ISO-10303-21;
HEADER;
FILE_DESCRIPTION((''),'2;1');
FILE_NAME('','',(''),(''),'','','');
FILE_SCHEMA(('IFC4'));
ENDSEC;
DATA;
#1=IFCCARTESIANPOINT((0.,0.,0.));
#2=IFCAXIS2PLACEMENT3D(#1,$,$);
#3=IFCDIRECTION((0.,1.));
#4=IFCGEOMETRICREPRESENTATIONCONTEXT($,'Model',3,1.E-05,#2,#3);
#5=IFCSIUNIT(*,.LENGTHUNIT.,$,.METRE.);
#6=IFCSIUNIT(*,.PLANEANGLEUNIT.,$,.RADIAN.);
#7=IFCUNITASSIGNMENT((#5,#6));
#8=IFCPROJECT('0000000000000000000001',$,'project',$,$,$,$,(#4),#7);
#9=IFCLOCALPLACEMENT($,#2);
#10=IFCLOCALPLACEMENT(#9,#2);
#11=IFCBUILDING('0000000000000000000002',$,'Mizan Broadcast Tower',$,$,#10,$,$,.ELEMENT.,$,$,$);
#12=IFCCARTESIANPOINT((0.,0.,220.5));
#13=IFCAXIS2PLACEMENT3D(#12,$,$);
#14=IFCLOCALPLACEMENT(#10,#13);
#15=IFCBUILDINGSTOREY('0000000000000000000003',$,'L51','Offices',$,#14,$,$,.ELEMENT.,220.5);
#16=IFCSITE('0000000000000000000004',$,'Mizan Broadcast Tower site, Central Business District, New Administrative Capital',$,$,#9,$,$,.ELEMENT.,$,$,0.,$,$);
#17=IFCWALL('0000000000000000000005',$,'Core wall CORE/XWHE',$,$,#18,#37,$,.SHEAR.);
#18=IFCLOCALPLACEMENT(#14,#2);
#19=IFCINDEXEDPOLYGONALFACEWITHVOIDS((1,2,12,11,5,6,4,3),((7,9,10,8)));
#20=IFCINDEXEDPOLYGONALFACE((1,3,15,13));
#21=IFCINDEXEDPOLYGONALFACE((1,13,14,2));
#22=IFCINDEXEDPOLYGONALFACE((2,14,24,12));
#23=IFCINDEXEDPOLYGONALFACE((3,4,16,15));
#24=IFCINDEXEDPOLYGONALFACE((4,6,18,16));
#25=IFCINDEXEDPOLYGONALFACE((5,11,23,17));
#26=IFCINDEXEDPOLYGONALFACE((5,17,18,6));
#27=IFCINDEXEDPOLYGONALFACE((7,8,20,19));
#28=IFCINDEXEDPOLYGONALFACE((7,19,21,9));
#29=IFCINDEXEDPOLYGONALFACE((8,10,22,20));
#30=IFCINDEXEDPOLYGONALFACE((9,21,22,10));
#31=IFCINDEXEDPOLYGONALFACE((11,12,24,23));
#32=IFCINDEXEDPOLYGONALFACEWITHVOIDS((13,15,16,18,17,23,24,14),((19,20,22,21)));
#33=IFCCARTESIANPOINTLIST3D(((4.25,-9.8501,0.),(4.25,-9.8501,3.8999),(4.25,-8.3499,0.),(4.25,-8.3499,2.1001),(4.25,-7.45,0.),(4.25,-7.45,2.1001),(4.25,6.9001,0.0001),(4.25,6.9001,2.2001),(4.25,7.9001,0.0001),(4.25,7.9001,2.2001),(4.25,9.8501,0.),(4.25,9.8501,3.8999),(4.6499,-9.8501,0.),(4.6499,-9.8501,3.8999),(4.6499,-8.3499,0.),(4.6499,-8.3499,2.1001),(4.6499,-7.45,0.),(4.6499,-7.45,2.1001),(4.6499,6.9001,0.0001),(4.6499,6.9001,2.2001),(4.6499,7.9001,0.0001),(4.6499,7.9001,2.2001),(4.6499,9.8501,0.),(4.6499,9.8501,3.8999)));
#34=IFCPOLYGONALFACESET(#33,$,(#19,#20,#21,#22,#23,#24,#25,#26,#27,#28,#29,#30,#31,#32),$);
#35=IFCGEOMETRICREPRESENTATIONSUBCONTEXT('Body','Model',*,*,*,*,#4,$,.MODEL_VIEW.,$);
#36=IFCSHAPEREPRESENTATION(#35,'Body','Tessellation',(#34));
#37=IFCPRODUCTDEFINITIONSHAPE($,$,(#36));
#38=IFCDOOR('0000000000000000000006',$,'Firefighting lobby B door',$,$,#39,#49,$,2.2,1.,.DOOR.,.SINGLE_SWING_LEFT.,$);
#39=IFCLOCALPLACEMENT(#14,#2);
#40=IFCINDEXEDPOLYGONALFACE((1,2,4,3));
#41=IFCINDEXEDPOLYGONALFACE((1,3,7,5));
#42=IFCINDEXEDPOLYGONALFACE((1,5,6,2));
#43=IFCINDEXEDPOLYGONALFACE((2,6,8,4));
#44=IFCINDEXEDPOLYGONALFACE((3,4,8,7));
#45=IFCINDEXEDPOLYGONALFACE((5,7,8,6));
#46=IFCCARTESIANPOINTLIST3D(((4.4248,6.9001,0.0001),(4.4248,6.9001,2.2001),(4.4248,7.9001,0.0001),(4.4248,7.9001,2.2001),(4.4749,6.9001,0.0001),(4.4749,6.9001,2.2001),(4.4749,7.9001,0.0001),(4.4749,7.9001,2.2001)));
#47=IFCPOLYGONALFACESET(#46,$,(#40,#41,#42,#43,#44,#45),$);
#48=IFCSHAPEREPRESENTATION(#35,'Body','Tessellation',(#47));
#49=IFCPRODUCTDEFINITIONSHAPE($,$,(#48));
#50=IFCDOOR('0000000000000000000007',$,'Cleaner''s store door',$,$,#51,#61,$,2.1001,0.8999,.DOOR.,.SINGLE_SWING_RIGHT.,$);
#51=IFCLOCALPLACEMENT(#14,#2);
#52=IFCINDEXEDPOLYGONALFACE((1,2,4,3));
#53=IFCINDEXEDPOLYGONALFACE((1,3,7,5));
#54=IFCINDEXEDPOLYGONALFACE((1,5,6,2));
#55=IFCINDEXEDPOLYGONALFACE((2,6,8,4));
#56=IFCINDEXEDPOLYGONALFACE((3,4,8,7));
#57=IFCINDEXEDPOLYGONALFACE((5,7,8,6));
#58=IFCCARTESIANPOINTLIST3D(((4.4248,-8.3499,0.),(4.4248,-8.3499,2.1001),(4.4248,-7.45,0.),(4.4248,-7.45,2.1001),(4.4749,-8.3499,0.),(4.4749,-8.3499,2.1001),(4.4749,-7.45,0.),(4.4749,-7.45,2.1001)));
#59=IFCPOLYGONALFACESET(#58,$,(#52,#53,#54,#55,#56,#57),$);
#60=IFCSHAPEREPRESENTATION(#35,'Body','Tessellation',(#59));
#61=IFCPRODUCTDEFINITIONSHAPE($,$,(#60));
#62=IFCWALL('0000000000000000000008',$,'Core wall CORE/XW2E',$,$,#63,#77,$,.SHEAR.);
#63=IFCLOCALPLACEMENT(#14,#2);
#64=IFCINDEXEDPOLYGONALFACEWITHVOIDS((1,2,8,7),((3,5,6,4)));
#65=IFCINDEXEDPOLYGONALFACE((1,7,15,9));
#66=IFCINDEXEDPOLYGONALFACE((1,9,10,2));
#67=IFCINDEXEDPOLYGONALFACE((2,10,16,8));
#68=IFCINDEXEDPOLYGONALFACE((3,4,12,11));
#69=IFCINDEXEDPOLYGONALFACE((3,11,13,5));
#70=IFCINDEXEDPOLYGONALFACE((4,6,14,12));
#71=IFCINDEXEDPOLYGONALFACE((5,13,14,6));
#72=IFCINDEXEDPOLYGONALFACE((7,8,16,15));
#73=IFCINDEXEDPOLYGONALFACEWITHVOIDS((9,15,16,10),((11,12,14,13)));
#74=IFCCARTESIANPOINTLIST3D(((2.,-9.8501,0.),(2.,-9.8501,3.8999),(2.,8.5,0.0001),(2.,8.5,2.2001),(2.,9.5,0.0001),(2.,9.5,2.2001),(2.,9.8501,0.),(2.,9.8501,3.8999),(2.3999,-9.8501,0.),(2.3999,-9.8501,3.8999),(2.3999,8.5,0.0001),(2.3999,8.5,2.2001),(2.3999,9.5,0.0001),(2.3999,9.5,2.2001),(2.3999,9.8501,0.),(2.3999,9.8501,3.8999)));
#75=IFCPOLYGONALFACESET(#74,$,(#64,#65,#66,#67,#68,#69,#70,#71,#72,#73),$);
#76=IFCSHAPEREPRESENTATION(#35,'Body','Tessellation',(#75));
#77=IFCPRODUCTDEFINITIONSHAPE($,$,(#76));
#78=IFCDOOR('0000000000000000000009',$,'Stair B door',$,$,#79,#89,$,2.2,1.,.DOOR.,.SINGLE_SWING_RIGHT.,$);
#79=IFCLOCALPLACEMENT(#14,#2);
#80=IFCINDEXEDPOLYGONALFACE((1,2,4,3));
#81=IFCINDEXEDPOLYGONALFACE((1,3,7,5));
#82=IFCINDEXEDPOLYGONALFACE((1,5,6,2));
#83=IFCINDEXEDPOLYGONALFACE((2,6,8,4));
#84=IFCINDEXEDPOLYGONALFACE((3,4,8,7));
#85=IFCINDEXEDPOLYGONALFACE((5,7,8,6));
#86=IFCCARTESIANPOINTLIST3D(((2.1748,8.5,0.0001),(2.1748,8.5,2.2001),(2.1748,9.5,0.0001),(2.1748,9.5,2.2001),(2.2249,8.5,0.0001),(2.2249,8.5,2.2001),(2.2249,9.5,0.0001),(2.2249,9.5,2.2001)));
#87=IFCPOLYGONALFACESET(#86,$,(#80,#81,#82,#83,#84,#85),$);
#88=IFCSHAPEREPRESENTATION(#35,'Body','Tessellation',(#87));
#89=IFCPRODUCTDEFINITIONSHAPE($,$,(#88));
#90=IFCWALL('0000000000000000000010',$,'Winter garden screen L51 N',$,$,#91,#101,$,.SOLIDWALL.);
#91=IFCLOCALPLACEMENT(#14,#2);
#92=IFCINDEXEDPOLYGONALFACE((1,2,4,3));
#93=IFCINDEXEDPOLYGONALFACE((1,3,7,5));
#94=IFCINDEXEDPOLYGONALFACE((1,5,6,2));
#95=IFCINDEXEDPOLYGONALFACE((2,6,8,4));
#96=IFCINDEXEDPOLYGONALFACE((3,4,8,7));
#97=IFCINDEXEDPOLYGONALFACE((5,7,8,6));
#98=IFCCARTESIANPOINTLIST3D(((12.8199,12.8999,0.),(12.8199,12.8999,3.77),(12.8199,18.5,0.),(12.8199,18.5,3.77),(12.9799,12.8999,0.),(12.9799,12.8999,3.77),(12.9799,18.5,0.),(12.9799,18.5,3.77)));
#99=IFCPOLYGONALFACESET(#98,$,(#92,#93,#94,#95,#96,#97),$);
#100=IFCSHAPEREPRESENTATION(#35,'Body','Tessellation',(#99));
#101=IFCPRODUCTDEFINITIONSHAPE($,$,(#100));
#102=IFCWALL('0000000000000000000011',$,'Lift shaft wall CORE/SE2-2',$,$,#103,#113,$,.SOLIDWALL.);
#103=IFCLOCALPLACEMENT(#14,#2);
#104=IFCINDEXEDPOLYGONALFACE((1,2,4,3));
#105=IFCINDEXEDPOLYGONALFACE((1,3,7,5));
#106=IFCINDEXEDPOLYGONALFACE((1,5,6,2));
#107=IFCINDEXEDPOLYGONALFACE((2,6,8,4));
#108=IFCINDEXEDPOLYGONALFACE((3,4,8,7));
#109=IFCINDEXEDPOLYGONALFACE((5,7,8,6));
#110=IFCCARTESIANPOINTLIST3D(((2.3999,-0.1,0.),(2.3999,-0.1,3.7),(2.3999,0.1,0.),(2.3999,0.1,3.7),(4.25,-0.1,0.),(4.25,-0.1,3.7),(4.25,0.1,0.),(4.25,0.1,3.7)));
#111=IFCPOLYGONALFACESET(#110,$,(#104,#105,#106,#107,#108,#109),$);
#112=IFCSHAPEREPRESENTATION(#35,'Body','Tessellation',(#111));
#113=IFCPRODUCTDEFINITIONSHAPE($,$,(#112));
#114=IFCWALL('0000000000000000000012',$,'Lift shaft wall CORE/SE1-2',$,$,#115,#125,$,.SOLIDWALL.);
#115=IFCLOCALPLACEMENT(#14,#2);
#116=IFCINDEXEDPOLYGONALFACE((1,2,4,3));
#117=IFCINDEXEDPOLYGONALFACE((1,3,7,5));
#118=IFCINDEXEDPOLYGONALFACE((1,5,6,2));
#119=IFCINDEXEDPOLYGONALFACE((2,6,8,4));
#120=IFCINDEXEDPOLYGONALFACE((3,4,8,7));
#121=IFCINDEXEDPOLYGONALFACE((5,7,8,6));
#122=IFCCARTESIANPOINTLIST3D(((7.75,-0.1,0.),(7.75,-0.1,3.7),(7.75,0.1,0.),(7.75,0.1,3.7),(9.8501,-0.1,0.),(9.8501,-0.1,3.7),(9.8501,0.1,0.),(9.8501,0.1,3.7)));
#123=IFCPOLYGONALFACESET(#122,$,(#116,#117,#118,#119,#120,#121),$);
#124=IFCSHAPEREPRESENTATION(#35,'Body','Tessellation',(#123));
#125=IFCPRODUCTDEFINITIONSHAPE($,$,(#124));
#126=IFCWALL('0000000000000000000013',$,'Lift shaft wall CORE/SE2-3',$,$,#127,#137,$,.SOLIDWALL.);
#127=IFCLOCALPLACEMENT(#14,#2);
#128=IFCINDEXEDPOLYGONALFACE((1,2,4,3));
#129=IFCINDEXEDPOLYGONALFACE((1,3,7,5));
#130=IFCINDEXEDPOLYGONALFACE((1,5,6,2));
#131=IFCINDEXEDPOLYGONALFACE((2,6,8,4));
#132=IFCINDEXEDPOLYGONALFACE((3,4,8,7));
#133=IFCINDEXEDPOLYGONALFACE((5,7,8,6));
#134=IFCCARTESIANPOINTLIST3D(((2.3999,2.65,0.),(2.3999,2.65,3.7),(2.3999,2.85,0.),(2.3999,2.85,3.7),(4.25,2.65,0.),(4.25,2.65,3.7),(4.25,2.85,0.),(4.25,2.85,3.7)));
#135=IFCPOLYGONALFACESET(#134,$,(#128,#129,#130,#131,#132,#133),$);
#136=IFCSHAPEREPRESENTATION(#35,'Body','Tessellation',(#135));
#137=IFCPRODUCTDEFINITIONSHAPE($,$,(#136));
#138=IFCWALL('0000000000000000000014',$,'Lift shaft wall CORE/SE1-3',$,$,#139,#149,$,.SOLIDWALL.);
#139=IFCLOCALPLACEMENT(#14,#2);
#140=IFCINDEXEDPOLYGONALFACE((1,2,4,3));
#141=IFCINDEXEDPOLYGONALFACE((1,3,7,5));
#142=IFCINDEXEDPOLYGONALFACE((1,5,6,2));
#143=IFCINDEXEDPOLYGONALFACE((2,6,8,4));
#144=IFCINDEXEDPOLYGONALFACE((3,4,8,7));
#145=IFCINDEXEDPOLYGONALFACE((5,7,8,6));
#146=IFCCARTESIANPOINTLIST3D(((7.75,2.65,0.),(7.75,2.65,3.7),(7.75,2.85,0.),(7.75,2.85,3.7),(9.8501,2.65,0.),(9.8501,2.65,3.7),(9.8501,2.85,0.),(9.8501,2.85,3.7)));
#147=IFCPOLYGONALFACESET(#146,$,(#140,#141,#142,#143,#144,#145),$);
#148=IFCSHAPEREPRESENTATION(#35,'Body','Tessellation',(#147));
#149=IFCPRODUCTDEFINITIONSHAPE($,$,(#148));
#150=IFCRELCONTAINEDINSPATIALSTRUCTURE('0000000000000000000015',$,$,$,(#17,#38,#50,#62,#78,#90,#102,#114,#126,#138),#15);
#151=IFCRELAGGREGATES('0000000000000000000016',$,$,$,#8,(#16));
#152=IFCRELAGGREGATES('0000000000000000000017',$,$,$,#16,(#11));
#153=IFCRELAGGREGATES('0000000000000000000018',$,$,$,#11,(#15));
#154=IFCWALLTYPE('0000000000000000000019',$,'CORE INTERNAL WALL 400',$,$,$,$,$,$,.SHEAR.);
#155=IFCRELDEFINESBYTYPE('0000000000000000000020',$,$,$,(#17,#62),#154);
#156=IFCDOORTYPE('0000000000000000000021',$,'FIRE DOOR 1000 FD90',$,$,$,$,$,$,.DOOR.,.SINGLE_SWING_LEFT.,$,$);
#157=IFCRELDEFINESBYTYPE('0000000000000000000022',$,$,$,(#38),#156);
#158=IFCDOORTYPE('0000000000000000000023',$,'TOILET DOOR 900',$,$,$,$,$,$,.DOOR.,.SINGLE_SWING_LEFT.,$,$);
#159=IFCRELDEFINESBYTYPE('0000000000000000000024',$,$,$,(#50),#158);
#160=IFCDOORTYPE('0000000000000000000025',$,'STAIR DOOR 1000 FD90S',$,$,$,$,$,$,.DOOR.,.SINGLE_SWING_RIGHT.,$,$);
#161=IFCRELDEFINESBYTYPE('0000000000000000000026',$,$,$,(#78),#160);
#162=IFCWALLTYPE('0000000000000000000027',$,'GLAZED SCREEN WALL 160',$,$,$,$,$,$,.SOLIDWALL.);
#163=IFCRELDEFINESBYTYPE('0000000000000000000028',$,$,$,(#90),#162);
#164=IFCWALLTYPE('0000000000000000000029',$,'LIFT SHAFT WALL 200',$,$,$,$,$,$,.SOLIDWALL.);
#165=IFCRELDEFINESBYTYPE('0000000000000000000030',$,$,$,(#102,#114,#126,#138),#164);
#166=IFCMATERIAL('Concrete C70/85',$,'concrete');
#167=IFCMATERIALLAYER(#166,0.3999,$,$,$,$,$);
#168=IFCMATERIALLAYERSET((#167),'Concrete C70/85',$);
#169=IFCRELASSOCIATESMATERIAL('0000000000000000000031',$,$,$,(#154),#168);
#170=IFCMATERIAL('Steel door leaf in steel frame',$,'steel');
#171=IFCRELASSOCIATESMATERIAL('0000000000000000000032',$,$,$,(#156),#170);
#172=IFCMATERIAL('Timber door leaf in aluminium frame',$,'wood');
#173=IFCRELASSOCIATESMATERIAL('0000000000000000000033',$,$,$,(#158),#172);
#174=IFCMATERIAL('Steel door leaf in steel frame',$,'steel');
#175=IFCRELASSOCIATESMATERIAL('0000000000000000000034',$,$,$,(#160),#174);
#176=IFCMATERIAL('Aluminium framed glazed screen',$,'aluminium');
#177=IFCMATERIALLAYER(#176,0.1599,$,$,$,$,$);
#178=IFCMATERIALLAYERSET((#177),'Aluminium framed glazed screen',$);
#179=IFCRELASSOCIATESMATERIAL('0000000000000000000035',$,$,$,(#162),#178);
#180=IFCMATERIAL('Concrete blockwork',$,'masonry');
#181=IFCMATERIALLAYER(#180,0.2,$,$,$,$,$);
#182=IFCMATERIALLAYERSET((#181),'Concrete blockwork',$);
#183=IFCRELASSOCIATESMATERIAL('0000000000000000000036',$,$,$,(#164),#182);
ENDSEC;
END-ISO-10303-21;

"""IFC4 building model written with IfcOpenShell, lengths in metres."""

from ifc_helpers import new_model, si_unit, direction, frame, frame_2d, origin, place, context, subcontext, project, spatial, rectangle, extrude, material, layer, layer_set, type_object, element, fill, save


model = new_model("IFC4")

# Units and contexts
model_context = context("Model", 3, precision=1e-05, world=origin(), true_north=direction((0.0, 1.0)))
body_context = subcontext(model_context, "Body", "Model", "MODEL_VIEW")
ifc_project = project(units=[si_unit("LENGTHUNIT", "METRE"), si_unit("PLANEANGLEUNIT", "RADIAN")], contexts=[model_context])

# Site, building, storey
site_placement = place(None, origin())
site = spatial("IfcSite", under=ifc_project, at=site_placement, Name="Mizan Broadcast Tower site, Central Business District, New Administrative Capital", CompositionType="ELEMENT", RefElevation=0.0)
building_placement = place(site_placement, origin())
building = spatial("IfcBuilding", under=site, at=building_placement, Name="Mizan Broadcast Tower", CompositionType="ELEMENT")
storey_placement = place(building_placement, frame((0.0, 0.0, 220.5)))
storey = spatial("IfcBuildingStorey", under=building, at=storey_placement, Name="L51", Description="Offices", CompositionType="ELEMENT", Elevation=220.5)

# Wall, openings, doors
ifc_material_1 = material(Name="Concrete C70/85", Category="concrete")
ifc_layer_1 = layer(ifc_material_1, 0.3999)
ifc_layer_set_1 = layer_set([ifc_layer_1], Name="Concrete C70/85")
wall_type_1 = type_object("IfcWallType", Name="CORE INTERNAL WALL 400", PredefinedType="SHEAR", material=ifc_layer_set_1)
ifc_material_2 = material(Name="Steel door leaf in steel frame", Category="steel")
door_type_1 = type_object("IfcDoorType", Name="FIRE DOOR 1000 FD90", OperationType="SINGLE_SWING_LEFT", PredefinedType="DOOR", material=ifc_material_2)
ifc_material_3 = material(Name="Timber door leaf in aluminium frame", Category="wood")
door_type_2 = type_object("IfcDoorType", Name="TOILET DOOR 900", OperationType="SINGLE_SWING_LEFT", PredefinedType="DOOR", material=ifc_material_3)
wall_1_placement = place(storey_placement, frame((4.45, 9.8501, 0.0), z_axis=(0.0, 0.0, 1.0), x_axis=(0.0, -1.0, 0.0)))
wall_1 = element("IfcWall", 1, at=wall_1_placement, inside=storey, type_object=wall_type_1, Name="Core wall CORE/XWHE", PredefinedType="SHEAR", context=body_context, shape_type="SweptSolid", body=[
    extrude(rectangle(XDim=19.7002, YDim=0.3999, at=frame_2d((9.8501, 0.0))), origin(), (0.0, 0.0, 1.0), 3.8999),
])
opening_1_placement = place(wall_1_placement, frame((1.95, 0.0, 0.0)))
opening_1 = element("IfcOpeningElement", 2, at=opening_1_placement, cuts=wall_1, PredefinedType="OPENING", context=body_context, shape_type="SweptSolid", body=[
    extrude(rectangle(XDim=1.0, YDim=2.2, at=frame_2d((0.5, 1.1001))), frame((0.0, 0.21, 0.0), z_axis=(0.0, -1.0, 0.0), x_axis=(1.0, 0.0, 0.0)), (0.0, 0.0, 1.0), 0.4199),
])
opening_2_placement = place(wall_1_placement, frame((17.3, 0.0, 0.0)))
opening_2 = element("IfcOpeningElement", 3, at=opening_2_placement, cuts=wall_1, PredefinedType="OPENING", context=body_context, shape_type="SweptSolid", body=[
    extrude(rectangle(XDim=0.8999, YDim=2.1001, at=frame_2d((0.45, 1.05))), frame((0.0, 0.21, 0.0), z_axis=(0.0, -1.0, 0.0), x_axis=(1.0, 0.0, 0.0)), (0.0, 0.0, 1.0), 0.4199),
])
door_1_placement = place(opening_1_placement, origin())
door_1 = element("IfcDoor", 4, at=door_1_placement, inside=storey, type_object=door_type_1, Name="Firefighting lobby B door", OperationType="SINGLE_SWING_LEFT", OverallHeight=2.2, OverallWidth=1.0, PredefinedType="DOOR", context=body_context, shape_type="SweptSolid", body=[
    extrude(rectangle(XDim=1.0, YDim=2.2, at=frame_2d((0.5, 1.1001))), frame((0.0, 0.0249, 0.0), z_axis=(0.0, -1.0, 0.0), x_axis=(1.0, 0.0, 0.0)), (0.0, 0.0, 1.0), 0.05),
])
fill(opening_1, door_1)
door_2_placement = place(opening_2_placement, origin())
door_2 = element("IfcDoor", 5, at=door_2_placement, inside=storey, type_object=door_type_2, Name="Cleaner's store door", OperationType="SINGLE_SWING_RIGHT", OverallHeight=2.1001, OverallWidth=0.8999, PredefinedType="DOOR", context=body_context, shape_type="SweptSolid", body=[
    extrude(rectangle(XDim=0.8999, YDim=2.1001, at=frame_2d((0.45, 1.05))), frame((0.0, 0.0249, 0.0), z_axis=(0.0, -1.0, 0.0), x_axis=(1.0, 0.0, 0.0)), (0.0, 0.0, 1.0), 0.05),
])
fill(opening_2, door_2)

# Wall, opening, door
wall_2_placement = place(storey_placement, frame((2.2, 9.8501, 0.0), z_axis=(0.0, 0.0, 1.0), x_axis=(0.0, -1.0, 0.0)))
wall_2 = element("IfcWall", 6, at=wall_2_placement, inside=storey, type_object=wall_type_1, Name="Core wall CORE/XW2E", PredefinedType="SHEAR", context=body_context, shape_type="SweptSolid", body=[
    extrude(rectangle(XDim=19.7002, YDim=0.3999, at=frame_2d((9.8501, 0.0))), origin(), (0.0, 0.0, 1.0), 3.8999),
])
opening_3_placement = place(wall_2_placement, frame((0.3501, 0.0, 0.0)))
opening_3 = element("IfcOpeningElement", 7, at=opening_3_placement, cuts=wall_2, PredefinedType="OPENING", context=body_context, shape_type="SweptSolid", body=[
    extrude(rectangle(XDim=1.0, YDim=2.2, at=frame_2d((0.5, 1.1001))), frame((0.0, 0.21, 0.0), z_axis=(0.0, -1.0, 0.0), x_axis=(1.0, 0.0, 0.0)), (0.0, 0.0, 1.0), 0.4199),
])
ifc_material_4 = material(Name="Steel door leaf in steel frame", Category="steel")
door_type_3 = type_object("IfcDoorType", Name="STAIR DOOR 1000 FD90S", OperationType="SINGLE_SWING_RIGHT", PredefinedType="DOOR", material=ifc_material_4)
door_3_placement = place(opening_3_placement, origin())
door_3 = element("IfcDoor", 8, at=door_3_placement, inside=storey, type_object=door_type_3, Name="Stair B door", OperationType="SINGLE_SWING_RIGHT", OverallHeight=2.2, OverallWidth=1.0, PredefinedType="DOOR", context=body_context, shape_type="SweptSolid", body=[
    extrude(rectangle(XDim=1.0, YDim=2.2, at=frame_2d((0.5, 1.1001))), frame((0.0, 0.0249, 0.0), z_axis=(0.0, -1.0, 0.0), x_axis=(1.0, 0.0, 0.0)), (0.0, 0.0, 1.0), 0.05),
])
fill(opening_3, door_3)

# Walls
ifc_material_5 = material(Name="Aluminium framed glazed screen", Category="aluminium")
ifc_layer_2 = layer(ifc_material_5, 0.1599)
ifc_layer_set_2 = layer_set([ifc_layer_2], Name="Aluminium framed glazed screen")
wall_type_2 = type_object("IfcWallType", Name="GLAZED SCREEN WALL 160", PredefinedType="SOLIDWALL", material=ifc_layer_set_2)
wall_3_placement = place(storey_placement, frame((12.8999, 12.8999, 0.0), z_axis=(0.0, 0.0, 1.0), x_axis=(0.0, 1.0, 0.0)))
element("IfcWall", 9, at=wall_3_placement, inside=storey, type_object=wall_type_2, Name="Winter garden screen L51 N", PredefinedType="SOLIDWALL", context=body_context, shape_type="SweptSolid", body=[
    extrude(rectangle(XDim=5.6001, YDim=0.1599, at=frame_2d((2.8, 0.0))), origin(), (0.0, 0.0, 1.0), 3.77),
])
ifc_material_6 = material(Name="Concrete blockwork", Category="masonry")
ifc_layer_3 = layer(ifc_material_6, 0.2)
ifc_layer_set_3 = layer_set([ifc_layer_3], Name="Concrete blockwork")
wall_type_3 = type_object("IfcWallType", Name="LIFT SHAFT WALL 200", PredefinedType="SOLIDWALL", material=ifc_layer_set_3)
wall_4_placement = place(storey_placement, frame((2.3999, 0.0, 0.0), z_axis=(0.0, 0.0, 1.0), x_axis=(1.0, 0.0, 0.0)))
element("IfcWall", 10, at=wall_4_placement, inside=storey, type_object=wall_type_3, Name="Lift shaft wall CORE/SE2-2", PredefinedType="SOLIDWALL", context=body_context, shape_type="SweptSolid", body=[
    extrude(rectangle(XDim=1.8501, YDim=0.2, at=frame_2d((0.925, 0.0))), origin(), (0.0, 0.0, 1.0), 3.7),
])
wall_5_placement = place(storey_placement, frame((7.75, 0.0, 0.0), z_axis=(0.0, 0.0, 1.0), x_axis=(1.0, 0.0, 0.0)))
element("IfcWall", 11, at=wall_5_placement, inside=storey, type_object=wall_type_3, Name="Lift shaft wall CORE/SE1-2", PredefinedType="SOLIDWALL", context=body_context, shape_type="SweptSolid", body=[
    extrude(rectangle(XDim=2.1001, YDim=0.2, at=frame_2d((1.05, 0.0))), origin(), (0.0, 0.0, 1.0), 3.7),
])
wall_6_placement = place(storey_placement, frame((2.3999, 2.75, 0.0), z_axis=(0.0, 0.0, 1.0), x_axis=(1.0, 0.0, 0.0)))
element("IfcWall", 12, at=wall_6_placement, inside=storey, type_object=wall_type_3, Name="Lift shaft wall CORE/SE2-3", PredefinedType="SOLIDWALL", context=body_context, shape_type="SweptSolid", body=[
    extrude(rectangle(XDim=1.8501, YDim=0.2, at=frame_2d((0.925, 0.0))), origin(), (0.0, 0.0, 1.0), 3.7),
])
wall_7_placement = place(storey_placement, frame((7.75, 2.75, 0.0), z_axis=(0.0, 0.0, 1.0), x_axis=(1.0, 0.0, 0.0)))
element("IfcWall", 13, at=wall_7_placement, inside=storey, type_object=wall_type_3, Name="Lift shaft wall CORE/SE1-3", PredefinedType="SOLIDWALL", context=body_context, shape_type="SweptSolid", body=[
    extrude(rectangle(XDim=2.1001, YDim=0.2, at=frame_2d((1.05, 0.0))), origin(), (0.0, 0.0, 1.0), 3.7),
])

save(model, "model.ifc")
